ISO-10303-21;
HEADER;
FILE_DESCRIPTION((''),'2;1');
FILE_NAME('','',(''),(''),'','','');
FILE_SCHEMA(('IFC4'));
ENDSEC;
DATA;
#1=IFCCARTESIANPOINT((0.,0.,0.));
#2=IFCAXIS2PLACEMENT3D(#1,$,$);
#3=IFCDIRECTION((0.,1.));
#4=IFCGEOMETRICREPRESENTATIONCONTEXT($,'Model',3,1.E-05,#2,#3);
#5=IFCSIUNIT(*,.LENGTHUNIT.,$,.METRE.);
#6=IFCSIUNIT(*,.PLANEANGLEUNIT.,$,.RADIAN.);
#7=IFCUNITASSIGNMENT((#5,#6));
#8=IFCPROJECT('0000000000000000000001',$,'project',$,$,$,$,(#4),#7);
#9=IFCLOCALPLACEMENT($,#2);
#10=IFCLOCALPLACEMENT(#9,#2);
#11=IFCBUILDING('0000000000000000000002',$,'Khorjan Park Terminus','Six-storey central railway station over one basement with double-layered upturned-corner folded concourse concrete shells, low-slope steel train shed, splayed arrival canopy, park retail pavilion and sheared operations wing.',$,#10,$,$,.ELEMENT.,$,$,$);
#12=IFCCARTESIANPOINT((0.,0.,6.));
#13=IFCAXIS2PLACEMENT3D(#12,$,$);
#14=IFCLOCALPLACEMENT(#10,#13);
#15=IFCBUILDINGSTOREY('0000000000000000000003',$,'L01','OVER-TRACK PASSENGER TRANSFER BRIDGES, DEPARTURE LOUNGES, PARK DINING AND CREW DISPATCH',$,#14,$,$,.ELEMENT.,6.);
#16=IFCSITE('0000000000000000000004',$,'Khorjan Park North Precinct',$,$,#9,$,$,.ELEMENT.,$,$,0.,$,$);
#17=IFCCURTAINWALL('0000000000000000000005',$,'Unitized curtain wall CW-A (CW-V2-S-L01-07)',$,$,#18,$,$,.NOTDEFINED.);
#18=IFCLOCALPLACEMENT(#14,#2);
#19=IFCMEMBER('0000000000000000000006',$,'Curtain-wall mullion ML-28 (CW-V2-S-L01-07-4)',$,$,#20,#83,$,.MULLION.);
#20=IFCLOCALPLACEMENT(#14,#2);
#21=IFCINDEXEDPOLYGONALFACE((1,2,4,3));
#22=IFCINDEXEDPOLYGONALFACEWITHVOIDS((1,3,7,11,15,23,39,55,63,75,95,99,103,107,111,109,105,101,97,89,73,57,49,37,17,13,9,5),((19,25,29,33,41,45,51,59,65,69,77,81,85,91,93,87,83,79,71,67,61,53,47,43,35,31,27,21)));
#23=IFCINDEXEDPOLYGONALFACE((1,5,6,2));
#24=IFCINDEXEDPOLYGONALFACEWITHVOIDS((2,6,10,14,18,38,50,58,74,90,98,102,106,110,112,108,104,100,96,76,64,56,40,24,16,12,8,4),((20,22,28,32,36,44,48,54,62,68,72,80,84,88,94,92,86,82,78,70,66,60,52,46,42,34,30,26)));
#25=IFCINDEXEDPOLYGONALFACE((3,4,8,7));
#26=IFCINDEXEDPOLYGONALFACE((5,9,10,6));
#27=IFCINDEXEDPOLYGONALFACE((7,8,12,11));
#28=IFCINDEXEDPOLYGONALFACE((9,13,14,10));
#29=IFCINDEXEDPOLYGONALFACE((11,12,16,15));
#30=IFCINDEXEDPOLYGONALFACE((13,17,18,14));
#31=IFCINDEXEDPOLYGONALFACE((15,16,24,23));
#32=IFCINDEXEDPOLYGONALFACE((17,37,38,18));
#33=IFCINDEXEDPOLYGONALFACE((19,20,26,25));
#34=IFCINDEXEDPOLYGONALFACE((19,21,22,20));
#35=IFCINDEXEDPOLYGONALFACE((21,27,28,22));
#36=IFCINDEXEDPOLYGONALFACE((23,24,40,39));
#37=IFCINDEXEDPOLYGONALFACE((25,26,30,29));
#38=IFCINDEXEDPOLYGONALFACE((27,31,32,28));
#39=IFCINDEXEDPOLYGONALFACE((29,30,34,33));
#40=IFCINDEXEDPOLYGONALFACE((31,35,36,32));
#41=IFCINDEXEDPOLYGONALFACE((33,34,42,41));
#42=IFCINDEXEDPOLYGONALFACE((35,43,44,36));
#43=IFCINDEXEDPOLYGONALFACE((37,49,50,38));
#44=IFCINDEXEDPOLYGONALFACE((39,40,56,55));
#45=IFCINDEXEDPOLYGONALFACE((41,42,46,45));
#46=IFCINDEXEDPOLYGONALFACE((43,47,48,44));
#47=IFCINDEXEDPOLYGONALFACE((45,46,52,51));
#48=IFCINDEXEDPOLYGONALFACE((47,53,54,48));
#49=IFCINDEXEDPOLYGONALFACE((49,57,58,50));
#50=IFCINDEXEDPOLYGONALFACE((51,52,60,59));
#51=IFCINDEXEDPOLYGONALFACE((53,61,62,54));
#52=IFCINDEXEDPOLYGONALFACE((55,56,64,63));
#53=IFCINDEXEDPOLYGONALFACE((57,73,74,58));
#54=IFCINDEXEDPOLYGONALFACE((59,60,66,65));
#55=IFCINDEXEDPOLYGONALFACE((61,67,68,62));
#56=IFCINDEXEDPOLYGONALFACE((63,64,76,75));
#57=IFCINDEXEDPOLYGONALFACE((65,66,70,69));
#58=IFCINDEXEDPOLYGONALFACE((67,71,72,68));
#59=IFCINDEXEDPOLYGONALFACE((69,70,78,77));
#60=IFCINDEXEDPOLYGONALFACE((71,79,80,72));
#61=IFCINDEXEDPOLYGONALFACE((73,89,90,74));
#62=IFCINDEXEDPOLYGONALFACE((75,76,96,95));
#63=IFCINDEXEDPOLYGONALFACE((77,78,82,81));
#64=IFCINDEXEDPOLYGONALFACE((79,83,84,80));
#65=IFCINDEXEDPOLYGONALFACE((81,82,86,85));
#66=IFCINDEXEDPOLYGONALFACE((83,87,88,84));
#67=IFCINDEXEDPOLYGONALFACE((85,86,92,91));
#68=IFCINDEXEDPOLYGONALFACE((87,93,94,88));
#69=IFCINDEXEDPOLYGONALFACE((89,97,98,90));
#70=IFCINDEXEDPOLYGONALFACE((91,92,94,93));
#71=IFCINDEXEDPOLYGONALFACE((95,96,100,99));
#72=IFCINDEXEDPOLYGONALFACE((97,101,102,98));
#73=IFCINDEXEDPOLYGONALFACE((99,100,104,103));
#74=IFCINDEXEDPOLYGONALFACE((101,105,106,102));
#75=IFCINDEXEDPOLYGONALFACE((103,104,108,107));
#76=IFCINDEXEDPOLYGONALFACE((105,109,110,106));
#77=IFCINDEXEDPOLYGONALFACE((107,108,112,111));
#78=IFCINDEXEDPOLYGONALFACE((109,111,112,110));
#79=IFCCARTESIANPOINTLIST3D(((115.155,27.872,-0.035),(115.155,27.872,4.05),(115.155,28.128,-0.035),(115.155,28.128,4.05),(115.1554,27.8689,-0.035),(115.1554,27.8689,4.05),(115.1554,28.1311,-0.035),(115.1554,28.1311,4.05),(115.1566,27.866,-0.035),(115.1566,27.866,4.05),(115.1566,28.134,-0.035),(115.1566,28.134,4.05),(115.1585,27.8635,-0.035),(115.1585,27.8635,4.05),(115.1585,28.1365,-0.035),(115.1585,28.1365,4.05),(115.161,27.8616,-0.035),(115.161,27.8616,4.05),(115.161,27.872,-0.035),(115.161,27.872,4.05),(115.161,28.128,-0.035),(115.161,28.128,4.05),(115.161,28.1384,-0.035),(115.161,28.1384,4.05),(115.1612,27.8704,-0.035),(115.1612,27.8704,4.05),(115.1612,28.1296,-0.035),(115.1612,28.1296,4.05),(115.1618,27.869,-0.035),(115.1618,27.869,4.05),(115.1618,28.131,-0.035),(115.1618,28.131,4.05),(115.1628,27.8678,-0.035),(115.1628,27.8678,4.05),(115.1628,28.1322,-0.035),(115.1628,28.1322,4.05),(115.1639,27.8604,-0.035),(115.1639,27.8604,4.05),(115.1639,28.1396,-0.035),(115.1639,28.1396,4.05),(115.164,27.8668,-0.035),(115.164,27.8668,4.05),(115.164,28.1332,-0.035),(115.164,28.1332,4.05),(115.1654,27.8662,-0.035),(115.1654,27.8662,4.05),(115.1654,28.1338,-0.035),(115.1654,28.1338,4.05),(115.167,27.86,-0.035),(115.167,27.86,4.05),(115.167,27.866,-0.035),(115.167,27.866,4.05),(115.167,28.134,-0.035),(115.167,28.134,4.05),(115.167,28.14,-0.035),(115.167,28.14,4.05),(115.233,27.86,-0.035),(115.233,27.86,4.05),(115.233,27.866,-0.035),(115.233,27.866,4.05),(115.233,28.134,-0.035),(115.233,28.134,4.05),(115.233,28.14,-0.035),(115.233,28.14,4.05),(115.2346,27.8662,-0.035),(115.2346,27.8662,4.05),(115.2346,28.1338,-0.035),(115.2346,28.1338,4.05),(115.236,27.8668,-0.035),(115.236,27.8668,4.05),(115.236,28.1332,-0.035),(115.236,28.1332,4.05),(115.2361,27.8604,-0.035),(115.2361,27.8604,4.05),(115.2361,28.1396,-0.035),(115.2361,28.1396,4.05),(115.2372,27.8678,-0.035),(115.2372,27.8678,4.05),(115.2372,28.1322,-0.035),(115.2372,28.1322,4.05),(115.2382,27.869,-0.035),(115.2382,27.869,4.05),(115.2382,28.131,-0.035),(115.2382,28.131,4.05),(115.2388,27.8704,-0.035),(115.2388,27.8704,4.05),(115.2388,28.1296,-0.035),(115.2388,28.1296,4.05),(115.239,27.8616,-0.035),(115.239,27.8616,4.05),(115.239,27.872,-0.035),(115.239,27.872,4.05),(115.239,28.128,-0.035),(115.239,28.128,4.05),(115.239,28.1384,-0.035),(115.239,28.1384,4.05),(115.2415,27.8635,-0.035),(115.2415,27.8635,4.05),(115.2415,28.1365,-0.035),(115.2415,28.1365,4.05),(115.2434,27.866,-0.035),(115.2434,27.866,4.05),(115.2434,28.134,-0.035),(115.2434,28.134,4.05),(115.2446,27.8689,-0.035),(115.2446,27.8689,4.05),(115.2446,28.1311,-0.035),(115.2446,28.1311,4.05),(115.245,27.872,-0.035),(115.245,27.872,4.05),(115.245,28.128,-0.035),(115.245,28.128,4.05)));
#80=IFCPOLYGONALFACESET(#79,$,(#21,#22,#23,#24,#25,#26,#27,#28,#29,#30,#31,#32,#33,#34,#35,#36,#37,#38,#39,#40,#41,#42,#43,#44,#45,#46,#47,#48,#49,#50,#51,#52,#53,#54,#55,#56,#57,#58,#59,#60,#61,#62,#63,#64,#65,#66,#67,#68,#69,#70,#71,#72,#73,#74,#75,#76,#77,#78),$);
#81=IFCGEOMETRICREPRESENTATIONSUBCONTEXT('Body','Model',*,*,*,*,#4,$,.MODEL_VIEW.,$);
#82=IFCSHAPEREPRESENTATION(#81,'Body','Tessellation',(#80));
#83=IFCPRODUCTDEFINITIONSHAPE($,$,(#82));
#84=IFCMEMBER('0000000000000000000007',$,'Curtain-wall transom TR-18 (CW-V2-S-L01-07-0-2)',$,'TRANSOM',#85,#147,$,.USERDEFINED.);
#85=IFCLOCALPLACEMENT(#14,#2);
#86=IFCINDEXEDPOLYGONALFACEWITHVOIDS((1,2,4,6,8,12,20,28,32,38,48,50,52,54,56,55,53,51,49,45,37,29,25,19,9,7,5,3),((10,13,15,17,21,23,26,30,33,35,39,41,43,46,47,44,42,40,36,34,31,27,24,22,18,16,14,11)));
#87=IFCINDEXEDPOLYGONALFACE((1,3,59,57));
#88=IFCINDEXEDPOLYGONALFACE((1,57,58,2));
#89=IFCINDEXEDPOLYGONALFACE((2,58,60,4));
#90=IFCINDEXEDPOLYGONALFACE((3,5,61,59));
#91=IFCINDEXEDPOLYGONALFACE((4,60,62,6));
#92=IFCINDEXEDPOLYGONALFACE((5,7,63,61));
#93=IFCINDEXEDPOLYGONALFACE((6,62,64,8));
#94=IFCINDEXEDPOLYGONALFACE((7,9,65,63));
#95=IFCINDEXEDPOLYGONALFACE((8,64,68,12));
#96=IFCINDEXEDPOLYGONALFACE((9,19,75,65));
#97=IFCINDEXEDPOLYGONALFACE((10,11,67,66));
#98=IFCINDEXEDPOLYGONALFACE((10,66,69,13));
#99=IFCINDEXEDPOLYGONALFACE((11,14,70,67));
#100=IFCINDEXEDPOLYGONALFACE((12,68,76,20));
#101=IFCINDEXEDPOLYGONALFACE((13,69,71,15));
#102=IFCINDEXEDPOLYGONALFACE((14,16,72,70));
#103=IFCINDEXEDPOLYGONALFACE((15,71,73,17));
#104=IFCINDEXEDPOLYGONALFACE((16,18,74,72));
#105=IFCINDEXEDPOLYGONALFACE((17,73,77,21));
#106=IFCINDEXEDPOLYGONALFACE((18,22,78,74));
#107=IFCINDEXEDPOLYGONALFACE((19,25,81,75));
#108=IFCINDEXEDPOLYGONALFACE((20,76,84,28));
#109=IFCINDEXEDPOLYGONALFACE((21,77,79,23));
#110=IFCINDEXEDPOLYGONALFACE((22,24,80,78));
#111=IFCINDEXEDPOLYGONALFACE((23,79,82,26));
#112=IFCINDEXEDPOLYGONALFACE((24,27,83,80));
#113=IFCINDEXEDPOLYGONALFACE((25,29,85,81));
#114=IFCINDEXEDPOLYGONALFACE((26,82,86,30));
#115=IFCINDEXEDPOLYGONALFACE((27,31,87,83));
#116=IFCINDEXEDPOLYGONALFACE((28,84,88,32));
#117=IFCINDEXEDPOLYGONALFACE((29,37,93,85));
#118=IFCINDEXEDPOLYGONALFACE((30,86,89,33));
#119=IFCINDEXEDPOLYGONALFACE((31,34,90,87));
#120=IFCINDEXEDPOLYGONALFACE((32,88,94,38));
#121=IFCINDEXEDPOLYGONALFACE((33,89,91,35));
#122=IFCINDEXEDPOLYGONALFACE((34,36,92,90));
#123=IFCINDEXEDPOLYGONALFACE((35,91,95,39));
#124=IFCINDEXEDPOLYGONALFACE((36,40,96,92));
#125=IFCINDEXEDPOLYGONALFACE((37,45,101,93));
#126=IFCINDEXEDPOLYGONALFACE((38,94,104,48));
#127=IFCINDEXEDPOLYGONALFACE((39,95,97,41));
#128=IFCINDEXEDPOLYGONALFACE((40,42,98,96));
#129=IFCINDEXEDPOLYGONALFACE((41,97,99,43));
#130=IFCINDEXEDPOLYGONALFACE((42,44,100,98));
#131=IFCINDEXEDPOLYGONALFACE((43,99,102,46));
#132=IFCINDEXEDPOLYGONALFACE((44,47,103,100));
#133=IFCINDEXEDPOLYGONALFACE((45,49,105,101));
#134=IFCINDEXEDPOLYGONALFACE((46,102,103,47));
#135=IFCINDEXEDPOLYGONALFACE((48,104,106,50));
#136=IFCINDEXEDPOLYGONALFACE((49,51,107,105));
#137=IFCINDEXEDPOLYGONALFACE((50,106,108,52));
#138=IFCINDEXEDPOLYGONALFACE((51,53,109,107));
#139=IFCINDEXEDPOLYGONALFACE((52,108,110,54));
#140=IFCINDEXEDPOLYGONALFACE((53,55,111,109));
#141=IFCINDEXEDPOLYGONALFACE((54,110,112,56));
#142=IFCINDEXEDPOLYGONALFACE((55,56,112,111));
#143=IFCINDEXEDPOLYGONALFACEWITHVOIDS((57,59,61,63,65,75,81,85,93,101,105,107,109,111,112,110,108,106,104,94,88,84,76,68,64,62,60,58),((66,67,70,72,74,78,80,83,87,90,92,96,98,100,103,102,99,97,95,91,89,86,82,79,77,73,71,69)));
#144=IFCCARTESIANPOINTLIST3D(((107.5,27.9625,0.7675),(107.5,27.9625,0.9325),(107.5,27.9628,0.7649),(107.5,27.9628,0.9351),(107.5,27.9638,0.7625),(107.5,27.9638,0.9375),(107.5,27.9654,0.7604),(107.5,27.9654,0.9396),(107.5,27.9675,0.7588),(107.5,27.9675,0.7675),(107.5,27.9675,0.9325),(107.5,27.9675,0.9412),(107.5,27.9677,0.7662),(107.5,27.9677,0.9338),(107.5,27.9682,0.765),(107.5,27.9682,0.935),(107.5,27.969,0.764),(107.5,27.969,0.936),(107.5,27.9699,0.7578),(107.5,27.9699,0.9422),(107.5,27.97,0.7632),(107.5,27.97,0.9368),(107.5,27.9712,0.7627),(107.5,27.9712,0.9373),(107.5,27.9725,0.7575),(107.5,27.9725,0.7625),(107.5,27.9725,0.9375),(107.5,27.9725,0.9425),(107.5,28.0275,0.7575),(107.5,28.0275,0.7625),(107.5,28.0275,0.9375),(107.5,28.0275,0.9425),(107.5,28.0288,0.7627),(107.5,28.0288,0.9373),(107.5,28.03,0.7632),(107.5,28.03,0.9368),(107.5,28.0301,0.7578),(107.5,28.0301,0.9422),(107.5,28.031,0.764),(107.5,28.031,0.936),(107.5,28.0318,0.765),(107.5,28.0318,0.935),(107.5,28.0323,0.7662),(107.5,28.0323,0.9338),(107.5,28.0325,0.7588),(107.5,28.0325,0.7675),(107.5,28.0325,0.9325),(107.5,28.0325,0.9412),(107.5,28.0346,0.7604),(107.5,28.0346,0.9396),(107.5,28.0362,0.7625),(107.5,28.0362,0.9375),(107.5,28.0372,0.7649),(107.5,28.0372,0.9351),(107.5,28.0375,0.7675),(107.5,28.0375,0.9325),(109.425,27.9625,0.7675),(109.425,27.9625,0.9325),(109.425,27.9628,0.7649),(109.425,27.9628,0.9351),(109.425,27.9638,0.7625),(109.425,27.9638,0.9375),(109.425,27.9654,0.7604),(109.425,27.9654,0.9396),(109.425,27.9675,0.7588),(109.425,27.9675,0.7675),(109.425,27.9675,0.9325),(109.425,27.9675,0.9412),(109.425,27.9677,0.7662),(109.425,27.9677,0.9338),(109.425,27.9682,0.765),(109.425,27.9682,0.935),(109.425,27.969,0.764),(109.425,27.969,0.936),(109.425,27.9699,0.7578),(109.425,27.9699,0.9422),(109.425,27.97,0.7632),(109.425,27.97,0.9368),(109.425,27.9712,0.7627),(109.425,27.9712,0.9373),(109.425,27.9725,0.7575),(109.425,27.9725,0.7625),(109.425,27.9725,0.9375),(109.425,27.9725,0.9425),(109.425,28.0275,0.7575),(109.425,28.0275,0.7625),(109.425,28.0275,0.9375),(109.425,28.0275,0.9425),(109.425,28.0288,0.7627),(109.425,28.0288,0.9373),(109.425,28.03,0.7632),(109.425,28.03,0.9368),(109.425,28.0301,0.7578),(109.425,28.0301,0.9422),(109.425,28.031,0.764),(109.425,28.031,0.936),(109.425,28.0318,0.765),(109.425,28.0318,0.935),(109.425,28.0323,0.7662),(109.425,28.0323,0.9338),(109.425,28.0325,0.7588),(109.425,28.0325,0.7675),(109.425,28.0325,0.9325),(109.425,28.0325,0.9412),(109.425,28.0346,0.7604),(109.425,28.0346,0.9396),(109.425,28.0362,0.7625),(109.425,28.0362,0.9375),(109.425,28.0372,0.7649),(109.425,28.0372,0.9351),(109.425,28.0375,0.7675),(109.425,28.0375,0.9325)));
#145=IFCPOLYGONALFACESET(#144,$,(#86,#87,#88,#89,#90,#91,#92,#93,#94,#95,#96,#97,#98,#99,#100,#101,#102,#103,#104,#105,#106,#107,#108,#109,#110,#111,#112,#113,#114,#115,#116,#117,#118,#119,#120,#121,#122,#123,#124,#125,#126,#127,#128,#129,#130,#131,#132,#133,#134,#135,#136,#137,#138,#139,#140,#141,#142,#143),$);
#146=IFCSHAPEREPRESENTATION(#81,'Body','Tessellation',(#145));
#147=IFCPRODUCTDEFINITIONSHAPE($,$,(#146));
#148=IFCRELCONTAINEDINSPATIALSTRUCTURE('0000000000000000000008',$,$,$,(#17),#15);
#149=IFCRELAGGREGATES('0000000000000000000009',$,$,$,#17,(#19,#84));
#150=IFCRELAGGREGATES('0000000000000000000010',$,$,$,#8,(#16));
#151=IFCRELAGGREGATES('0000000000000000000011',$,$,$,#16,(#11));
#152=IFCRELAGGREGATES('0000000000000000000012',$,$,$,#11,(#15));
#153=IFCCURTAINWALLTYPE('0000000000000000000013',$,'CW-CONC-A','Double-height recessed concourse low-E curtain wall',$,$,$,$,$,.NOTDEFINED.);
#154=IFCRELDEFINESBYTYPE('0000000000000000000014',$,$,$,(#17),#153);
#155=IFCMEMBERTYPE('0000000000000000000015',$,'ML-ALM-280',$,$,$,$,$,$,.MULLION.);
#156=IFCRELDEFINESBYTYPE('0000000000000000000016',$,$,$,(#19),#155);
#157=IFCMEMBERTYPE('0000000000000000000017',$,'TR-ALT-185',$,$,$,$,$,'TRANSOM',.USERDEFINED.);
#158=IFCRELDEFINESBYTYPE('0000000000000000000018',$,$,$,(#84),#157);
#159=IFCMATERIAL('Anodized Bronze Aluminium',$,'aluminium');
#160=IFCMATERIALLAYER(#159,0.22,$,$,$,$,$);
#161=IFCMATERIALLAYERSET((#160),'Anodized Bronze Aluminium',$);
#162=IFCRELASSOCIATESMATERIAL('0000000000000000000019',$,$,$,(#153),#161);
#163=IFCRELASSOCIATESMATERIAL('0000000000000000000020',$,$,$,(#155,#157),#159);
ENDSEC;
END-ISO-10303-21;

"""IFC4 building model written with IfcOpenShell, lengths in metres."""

from ifc_helpers import new_model, si_unit, direction, frame, origin, origin_2d, place, context, subcontext, project, spatial, hollow_rectangle, extrude, material, layer, layer_set, material_profile, profile_set, type_object, element, aggregate, save


model = new_model("IFC4")

# Units and contexts
model_context = context("Model", 3, precision=1e-05, world=origin(), true_north=direction((0.0, 1.0)))
body_context = subcontext(model_context, "Body", "Model", "MODEL_VIEW")
ifc_project = project(units=[si_unit("LENGTHUNIT", "METRE"), si_unit("PLANEANGLEUNIT", "RADIAN")], contexts=[model_context])

# Site, building, storey
site_placement = place(None, origin())
site = spatial("IfcSite", under=ifc_project, at=site_placement, Name="Khorjan Park North Precinct", CompositionType="ELEMENT", RefElevation=0.0)
building_placement = place(site_placement, origin())
building = spatial("IfcBuilding", under=site, at=building_placement, Name="Khorjan Park Terminus", Description="Six-storey central railway station over one basement with double-layered upturned-corner folded concourse concrete shells, low-slope steel train shed, splayed arrival canopy, park retail pavilion and sheared operations wing.", CompositionType="ELEMENT")
storey_placement = place(building_placement, frame((0.0, 0.0, 6.0)))
storey = spatial("IfcBuildingStorey", under=building, at=storey_placement, Name="L01", Description="OVER-TRACK PASSENGER TRANSFER BRIDGES, DEPARTURE LOUNGES, PARK DINING AND CREW DISPATCH", CompositionType="ELEMENT", Elevation=6.0)

# Curtain wall, members
ifc_material_1 = material(Name="Anodized Bronze Aluminium", Category="aluminium")
ifc_layer_1 = layer(ifc_material_1, 0.22)
ifc_layer_set_1 = layer_set([ifc_layer_1], Name="Anodized Bronze Aluminium")
curtain_wall_type = type_object("IfcCurtainWallType", Name="CW-CONC-A", Description="Double-height recessed concourse low-E curtain wall", PredefinedType="NOTDEFINED", material=ifc_layer_set_1)
curtain_wall_placement = place(storey_placement, origin())
curtain_wall = element("IfcCurtainWall", 1, at=curtain_wall_placement, inside=storey, type_object=curtain_wall_type, Name="Unitized curtain wall CW-A (CW-V2-S-L01-07)", PredefinedType="NOTDEFINED")
ifc_material_profile_1 = material_profile(ifc_material_1, hollow_rectangle(XDim=0.09, YDim=0.28, WallThickness=0.006, InnerFilletRadius=0.006, OuterFilletRadius=0.012, at=origin_2d()), Name="ALM 90x280x6")
ifc_profile_set_1 = profile_set([ifc_material_profile_1], Name="Anodized Bronze Aluminium")
member_type_1 = type_object("IfcMemberType", Name="ML-ALM-280", PredefinedType="MULLION", material=ifc_profile_set_1)
member_1_placement = place(storey_placement, frame((115.2, 28.0, -0.035), z_axis=(0.0, 0.0, 1.0), x_axis=(1.0, 0.0, 0.0)))
member_1 = element("IfcMember", 2, at=member_1_placement, type_object=member_type_1, Name="Curtain-wall mullion ML-28 (CW-V2-S-L01-07-4)", PredefinedType="MULLION", context=body_context, shape_type="SweptSolid", body=[
    extrude(hollow_rectangle(XDim=0.09, YDim=0.28, WallThickness=0.006, InnerFilletRadius=0.006, OuterFilletRadius=0.012, at=origin_2d()), origin(), (0.0, 0.0, 1.0), 4.085),
])
ifc_material_profile_2 = material_profile(ifc_material_1, hollow_rectangle(XDim=0.075, YDim=0.185, WallThickness=0.005, InnerFilletRadius=0.005, OuterFilletRadius=0.01, at=origin_2d()), Name="ALT 75x185x5")
ifc_profile_set_2 = profile_set([ifc_material_profile_2], Name="Anodized Bronze Aluminium")
member_type_2 = type_object("IfcMemberType", Name="TR-ALT-185", ElementType="TRANSOM", PredefinedType="USERDEFINED", material=ifc_profile_set_2)
member_2_placement = place(storey_placement, frame((107.5, 28.0, 0.85), z_axis=(1.0, 0.0, 0.0), x_axis=(0.0, 1.0, 0.0)))
member_2 = element("IfcMember", 3, at=member_2_placement, type_object=member_type_2, Name="Curtain-wall transom TR-18 (CW-V2-S-L01-07-0-2)", ObjectType="TRANSOM", PredefinedType="USERDEFINED", context=body_context, shape_type="SweptSolid", body=[
    extrude(hollow_rectangle(XDim=0.075, YDim=0.185, WallThickness=0.005, InnerFilletRadius=0.005, OuterFilletRadius=0.01, at=origin_2d()), origin(), (0.0, 0.0, 1.0), 1.925),
])
aggregate(curtain_wall, [member_1, member_2])

save(model, "model.ifc")
